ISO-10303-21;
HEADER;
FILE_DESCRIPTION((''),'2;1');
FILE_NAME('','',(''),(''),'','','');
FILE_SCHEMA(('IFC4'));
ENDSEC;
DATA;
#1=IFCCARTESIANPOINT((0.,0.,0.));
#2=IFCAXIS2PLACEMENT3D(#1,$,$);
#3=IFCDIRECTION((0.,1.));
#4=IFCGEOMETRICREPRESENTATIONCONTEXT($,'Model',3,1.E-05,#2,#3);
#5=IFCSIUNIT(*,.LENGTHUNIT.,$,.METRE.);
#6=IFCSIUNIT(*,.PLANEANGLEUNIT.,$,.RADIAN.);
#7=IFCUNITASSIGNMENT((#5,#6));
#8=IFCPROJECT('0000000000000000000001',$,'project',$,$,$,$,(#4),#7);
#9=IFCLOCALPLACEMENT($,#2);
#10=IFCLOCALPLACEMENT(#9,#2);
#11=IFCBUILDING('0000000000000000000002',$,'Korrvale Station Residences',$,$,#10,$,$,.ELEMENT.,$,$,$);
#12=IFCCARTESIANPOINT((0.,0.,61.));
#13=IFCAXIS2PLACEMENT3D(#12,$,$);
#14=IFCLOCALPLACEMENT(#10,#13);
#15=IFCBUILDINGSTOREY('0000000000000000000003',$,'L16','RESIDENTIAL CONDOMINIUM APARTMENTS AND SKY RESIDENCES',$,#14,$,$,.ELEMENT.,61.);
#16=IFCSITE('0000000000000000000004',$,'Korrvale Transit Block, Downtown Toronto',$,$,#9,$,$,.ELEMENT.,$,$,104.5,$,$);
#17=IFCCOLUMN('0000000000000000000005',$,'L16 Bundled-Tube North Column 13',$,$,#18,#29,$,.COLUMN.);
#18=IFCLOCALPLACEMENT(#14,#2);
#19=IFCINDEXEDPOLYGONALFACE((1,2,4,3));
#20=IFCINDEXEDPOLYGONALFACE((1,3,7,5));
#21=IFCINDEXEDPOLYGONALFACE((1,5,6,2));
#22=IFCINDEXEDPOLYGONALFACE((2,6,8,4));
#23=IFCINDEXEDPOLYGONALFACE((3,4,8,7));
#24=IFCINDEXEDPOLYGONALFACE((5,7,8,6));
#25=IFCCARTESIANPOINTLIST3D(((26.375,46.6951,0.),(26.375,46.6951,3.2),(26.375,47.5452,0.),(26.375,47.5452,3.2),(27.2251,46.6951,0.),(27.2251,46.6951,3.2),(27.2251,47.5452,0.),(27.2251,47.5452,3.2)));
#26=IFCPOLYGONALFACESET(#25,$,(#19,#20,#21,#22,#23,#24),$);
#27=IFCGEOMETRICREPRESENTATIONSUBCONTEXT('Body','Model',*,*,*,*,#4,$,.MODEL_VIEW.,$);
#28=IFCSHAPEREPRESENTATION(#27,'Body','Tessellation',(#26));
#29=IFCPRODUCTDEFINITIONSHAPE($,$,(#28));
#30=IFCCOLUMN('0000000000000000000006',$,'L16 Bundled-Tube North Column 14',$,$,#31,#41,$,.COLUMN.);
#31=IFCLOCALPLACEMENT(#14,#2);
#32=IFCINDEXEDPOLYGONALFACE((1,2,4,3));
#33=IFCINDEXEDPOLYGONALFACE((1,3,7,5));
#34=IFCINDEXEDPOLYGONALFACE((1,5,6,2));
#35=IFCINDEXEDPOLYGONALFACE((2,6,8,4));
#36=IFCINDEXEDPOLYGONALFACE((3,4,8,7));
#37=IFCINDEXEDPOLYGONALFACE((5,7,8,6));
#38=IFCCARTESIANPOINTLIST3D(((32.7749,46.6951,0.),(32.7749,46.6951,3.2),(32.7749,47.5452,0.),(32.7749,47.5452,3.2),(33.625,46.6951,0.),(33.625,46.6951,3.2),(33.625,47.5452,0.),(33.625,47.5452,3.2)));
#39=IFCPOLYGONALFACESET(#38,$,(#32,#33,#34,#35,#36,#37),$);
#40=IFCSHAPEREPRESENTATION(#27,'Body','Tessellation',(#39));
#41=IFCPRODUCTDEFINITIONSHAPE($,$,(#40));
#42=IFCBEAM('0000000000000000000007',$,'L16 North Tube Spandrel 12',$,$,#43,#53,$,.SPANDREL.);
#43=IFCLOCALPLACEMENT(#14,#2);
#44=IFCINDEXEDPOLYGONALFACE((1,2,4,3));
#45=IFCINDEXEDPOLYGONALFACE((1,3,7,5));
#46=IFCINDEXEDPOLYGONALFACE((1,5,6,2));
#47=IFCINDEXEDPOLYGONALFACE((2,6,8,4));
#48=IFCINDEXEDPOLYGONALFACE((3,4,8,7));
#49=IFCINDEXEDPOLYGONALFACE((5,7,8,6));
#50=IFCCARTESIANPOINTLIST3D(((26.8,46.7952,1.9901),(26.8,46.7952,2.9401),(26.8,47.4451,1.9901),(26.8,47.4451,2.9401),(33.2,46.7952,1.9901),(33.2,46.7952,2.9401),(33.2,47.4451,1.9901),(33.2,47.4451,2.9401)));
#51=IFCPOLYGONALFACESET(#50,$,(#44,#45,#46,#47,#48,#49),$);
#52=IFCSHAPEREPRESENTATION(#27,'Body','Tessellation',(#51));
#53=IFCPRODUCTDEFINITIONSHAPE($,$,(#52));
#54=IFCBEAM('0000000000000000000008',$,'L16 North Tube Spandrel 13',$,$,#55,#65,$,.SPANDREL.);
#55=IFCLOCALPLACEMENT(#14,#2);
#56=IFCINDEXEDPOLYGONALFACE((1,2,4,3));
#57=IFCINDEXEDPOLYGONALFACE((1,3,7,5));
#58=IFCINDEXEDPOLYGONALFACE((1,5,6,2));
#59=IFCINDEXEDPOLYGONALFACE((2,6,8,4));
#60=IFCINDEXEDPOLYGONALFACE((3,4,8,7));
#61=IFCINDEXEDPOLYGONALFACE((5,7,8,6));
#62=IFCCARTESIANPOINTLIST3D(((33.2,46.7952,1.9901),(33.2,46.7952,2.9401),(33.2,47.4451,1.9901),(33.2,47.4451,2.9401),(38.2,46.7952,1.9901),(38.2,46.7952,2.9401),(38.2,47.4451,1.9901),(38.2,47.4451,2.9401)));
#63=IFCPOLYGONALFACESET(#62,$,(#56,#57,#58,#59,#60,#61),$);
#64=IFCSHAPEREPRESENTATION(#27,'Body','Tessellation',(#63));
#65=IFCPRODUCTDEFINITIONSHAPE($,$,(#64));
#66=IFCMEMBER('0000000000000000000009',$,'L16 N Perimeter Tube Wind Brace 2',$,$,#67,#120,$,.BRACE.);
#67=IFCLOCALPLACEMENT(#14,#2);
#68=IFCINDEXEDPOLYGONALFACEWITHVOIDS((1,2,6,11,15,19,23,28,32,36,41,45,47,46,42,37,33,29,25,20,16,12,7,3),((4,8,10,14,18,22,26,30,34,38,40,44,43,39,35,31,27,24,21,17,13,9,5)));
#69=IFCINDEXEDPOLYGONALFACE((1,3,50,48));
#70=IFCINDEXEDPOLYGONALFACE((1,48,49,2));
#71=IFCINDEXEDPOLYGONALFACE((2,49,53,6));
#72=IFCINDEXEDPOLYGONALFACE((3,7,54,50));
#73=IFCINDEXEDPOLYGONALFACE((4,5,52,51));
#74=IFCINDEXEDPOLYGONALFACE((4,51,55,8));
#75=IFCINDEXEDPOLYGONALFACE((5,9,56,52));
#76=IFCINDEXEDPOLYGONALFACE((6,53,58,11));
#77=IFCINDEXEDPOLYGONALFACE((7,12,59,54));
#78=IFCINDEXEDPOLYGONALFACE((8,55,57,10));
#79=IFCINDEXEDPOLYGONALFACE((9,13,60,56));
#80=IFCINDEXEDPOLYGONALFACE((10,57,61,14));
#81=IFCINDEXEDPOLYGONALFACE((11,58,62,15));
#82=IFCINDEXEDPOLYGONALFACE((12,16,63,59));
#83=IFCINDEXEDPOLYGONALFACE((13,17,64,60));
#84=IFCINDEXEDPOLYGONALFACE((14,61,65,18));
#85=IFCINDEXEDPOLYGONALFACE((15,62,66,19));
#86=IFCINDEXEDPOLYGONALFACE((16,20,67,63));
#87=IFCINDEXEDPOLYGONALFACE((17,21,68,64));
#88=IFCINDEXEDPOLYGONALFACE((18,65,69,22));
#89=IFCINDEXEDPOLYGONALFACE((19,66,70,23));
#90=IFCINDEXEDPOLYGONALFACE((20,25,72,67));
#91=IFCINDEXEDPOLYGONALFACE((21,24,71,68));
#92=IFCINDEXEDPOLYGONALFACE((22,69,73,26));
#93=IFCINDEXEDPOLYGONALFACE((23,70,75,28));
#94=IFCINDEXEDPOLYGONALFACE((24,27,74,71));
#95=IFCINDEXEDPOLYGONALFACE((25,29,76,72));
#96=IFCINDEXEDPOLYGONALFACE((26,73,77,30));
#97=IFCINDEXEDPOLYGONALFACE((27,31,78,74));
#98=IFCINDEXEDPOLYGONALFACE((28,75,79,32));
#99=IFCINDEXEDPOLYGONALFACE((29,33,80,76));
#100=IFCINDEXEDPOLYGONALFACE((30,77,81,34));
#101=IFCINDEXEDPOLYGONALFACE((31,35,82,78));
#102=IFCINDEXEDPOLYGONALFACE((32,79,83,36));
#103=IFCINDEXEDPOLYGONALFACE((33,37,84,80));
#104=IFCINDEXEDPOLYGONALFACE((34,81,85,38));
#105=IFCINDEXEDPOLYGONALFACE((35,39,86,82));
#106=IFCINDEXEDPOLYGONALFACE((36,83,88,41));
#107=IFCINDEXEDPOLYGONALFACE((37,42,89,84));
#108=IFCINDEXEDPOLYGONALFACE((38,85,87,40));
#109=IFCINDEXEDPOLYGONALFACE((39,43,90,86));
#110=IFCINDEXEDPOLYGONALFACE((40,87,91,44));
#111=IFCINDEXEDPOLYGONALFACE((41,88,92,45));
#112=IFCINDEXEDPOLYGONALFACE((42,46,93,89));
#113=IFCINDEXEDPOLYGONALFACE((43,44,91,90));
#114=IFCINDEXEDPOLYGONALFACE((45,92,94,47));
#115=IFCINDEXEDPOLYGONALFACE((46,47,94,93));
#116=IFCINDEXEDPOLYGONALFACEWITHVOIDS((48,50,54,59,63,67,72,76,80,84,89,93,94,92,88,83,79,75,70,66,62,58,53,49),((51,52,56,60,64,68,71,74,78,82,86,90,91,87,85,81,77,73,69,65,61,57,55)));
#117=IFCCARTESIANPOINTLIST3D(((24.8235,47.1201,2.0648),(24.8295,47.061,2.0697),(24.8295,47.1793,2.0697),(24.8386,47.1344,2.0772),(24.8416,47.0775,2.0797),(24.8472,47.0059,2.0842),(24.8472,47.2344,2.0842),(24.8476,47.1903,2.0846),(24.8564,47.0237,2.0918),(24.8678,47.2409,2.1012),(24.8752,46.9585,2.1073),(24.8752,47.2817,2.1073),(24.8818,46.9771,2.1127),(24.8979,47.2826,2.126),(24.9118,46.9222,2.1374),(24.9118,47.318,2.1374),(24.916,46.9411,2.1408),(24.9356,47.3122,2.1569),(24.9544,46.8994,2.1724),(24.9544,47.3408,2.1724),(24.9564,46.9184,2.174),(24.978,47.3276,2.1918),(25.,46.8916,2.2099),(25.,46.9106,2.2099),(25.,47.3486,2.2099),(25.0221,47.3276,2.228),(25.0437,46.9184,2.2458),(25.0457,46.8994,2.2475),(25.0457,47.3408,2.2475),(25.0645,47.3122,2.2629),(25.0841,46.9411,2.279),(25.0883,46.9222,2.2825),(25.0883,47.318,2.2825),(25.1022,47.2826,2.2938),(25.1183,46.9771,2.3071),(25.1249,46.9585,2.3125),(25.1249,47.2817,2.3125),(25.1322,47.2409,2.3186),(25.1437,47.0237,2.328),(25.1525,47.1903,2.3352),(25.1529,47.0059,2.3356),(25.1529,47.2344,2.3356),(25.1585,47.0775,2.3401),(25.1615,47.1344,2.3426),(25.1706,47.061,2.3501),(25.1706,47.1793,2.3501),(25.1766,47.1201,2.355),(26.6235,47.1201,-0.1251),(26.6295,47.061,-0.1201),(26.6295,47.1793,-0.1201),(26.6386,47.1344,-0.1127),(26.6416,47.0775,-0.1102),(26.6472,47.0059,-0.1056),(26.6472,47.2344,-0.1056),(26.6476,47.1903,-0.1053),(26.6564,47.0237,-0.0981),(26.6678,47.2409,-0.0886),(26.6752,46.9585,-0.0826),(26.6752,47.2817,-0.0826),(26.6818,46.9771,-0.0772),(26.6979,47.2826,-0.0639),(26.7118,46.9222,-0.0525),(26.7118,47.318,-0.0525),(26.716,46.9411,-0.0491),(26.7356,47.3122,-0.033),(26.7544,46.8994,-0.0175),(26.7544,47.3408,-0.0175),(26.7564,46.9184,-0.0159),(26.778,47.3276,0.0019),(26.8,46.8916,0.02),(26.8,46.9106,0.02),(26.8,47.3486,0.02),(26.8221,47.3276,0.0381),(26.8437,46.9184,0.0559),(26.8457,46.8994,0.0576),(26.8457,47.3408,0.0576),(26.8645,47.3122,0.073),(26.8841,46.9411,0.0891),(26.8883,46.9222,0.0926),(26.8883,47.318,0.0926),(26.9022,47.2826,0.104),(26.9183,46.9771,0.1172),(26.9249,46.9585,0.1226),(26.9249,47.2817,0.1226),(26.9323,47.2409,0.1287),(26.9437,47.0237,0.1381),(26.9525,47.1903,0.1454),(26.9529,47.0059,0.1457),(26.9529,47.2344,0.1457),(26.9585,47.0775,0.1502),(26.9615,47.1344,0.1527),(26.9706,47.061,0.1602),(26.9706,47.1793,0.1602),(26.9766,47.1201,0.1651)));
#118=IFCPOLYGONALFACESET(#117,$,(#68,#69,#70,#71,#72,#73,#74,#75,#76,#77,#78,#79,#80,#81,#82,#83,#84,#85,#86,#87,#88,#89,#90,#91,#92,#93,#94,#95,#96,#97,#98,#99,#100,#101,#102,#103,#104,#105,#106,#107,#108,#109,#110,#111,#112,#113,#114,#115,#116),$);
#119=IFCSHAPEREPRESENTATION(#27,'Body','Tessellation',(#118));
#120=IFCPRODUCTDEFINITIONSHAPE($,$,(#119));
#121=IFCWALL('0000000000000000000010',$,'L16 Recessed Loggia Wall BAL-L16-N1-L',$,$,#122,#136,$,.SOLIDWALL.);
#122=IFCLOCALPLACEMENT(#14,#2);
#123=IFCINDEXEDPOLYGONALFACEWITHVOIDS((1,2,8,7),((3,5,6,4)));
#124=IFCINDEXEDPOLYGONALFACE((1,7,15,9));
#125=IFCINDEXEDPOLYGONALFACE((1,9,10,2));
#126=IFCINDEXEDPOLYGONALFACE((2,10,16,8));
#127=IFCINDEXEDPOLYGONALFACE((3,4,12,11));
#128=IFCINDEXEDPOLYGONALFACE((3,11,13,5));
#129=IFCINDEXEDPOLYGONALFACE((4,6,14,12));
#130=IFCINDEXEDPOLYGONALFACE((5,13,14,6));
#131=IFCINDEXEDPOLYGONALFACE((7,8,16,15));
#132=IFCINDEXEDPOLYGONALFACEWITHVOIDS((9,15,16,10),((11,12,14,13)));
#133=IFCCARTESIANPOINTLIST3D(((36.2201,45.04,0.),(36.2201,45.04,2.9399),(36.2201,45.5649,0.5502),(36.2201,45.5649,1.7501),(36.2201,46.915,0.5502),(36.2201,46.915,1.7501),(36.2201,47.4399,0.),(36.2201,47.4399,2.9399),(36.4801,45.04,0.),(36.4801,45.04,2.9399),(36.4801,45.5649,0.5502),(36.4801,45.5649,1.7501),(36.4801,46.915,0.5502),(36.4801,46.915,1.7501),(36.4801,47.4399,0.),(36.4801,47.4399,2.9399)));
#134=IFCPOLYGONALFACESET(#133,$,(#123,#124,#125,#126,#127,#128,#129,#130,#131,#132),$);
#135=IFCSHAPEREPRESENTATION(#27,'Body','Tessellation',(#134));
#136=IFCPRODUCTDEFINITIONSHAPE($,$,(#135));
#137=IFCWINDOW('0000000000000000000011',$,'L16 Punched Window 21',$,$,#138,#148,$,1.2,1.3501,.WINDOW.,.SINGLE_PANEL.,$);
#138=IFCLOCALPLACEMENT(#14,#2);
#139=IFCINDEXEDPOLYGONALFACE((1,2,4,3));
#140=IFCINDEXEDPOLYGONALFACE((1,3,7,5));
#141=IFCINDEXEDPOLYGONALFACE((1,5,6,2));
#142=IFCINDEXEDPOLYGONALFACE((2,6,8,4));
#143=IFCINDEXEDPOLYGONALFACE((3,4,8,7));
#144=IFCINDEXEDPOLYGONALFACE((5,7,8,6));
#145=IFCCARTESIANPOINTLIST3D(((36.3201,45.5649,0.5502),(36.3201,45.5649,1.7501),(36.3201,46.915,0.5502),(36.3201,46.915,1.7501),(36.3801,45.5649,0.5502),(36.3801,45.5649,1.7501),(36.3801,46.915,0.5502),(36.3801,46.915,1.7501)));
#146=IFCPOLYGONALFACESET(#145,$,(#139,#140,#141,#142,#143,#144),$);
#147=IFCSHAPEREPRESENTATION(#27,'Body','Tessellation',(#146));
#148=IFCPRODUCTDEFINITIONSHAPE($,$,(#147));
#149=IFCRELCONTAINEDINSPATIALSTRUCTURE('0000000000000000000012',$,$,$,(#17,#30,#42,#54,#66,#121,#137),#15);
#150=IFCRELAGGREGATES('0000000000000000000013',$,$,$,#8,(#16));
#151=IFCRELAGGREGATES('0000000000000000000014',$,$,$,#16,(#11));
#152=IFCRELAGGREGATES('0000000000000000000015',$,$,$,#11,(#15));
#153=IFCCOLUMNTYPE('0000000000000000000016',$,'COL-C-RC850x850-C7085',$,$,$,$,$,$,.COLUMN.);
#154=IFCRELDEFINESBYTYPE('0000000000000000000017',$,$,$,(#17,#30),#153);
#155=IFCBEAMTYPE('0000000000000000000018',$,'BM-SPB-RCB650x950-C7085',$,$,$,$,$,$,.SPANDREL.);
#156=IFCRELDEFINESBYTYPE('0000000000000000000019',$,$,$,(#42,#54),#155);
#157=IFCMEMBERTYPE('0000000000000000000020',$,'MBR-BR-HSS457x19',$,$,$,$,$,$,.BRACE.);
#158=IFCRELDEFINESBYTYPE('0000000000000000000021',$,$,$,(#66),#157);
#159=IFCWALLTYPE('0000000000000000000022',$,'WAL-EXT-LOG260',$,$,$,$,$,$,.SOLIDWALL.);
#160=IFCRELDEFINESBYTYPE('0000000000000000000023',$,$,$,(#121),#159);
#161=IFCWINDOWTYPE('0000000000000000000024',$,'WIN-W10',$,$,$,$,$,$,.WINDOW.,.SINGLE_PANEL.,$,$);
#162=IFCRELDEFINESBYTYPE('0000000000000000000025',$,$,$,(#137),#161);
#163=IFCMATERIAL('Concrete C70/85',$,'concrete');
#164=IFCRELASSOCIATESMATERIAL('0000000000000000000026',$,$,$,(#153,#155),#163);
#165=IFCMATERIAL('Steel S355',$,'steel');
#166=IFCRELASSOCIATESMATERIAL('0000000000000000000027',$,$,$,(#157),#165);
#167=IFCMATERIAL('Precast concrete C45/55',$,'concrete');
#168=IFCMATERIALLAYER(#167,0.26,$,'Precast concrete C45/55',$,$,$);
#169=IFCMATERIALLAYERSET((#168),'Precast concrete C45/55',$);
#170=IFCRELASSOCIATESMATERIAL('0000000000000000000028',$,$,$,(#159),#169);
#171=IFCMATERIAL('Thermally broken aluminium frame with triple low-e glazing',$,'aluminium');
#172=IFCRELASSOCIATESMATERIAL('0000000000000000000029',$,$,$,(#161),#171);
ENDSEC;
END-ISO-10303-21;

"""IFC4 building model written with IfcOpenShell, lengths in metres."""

from ifc_helpers import new_model, si_unit, direction, frame, frame_2d, origin, origin_2d, place, context, subcontext, project, spatial, rectangle, hollow_circle, extrude, material, layer, layer_set, material_profile, profile_set, type_object, element, fill, save


model = new_model("IFC4")

# Units and contexts
model_context = context("Model", 3, precision=1e-05, world=origin(), true_north=direction((0.0, 1.0)))
body_context = subcontext(model_context, "Body", "Model", "MODEL_VIEW")
ifc_project = project(units=[si_unit("LENGTHUNIT", "METRE"), si_unit("PLANEANGLEUNIT", "RADIAN")], contexts=[model_context])

# Site, building, storey
site_placement = place(None, origin())
site = spatial("IfcSite", under=ifc_project, at=site_placement, Name="Korrvale Transit Block, Downtown Toronto", CompositionType="ELEMENT", RefElevation=104.5)
building_placement = place(site_placement, origin())
building = spatial("IfcBuilding", under=site, at=building_placement, Name="Korrvale Station Residences", CompositionType="ELEMENT")
storey_placement = place(building_placement, frame((0.0, 0.0, 61.0)))
storey = spatial("IfcBuildingStorey", under=building, at=storey_placement, Name="L16", Description="RESIDENTIAL CONDOMINIUM APARTMENTS AND SKY RESIDENCES", CompositionType="ELEMENT", Elevation=61.0)

# Columns
ifc_material_1 = material(Name="Concrete C70/85", Category="concrete")
ifc_material_profile_1 = material_profile(ifc_material_1, rectangle(XDim=0.8501, YDim=0.8501, at=origin_2d()), Name="RC850x850")
ifc_profile_set_1 = profile_set([ifc_material_profile_1], Name="Concrete C70/85")
column_type = type_object("IfcColumnType", Name="COL-C-RC850x850-C7085", PredefinedType="COLUMN", material=ifc_profile_set_1)
for number, where, z_axis, x_axis, name in (
    (1, (26.8, 47.1201, 0.0), (0.0, 0.0, 1.0), (1.0, 0.0, 0.0), "L16 Bundled-Tube North Column 13"),
    (2, (33.2, 47.1201, 0.0), (0.0, 0.0, 1.0), (1.0, 0.0, 0.0), "L16 Bundled-Tube North Column 14"),
):
    element("IfcColumn", number, at=place(storey_placement, frame(where, z_axis=z_axis, x_axis=x_axis)), inside=storey, type_object=column_type, Name=name, PredefinedType="COLUMN", context=body_context, shape_type="SweptSolid", body=[
        extrude(rectangle(XDim=0.8501, YDim=0.8501, at=origin_2d()), origin(), (0.0, 0.0, 1.0), 3.2),
    ])

# Beams
ifc_material_profile_2 = material_profile(ifc_material_1, rectangle(XDim=0.6499, YDim=0.95, at=origin_2d()), Name="RCB650x950")
ifc_profile_set_2 = profile_set([ifc_material_profile_2], Name="Concrete C70/85")
beam_type = type_object("IfcBeamType", Name="BM-SPB-RCB650x950-C7085", PredefinedType="SPANDREL", material=ifc_profile_set_2)
beam_1_placement = place(storey_placement, frame((26.8, 47.1201, 2.4651), z_axis=(1.0, 0.0, 0.0), x_axis=(0.0, 1.0, 0.0)))
element("IfcBeam", 3, at=beam_1_placement, inside=storey, type_object=beam_type, Name="L16 North Tube Spandrel 12", PredefinedType="SPANDREL", context=body_context, shape_type="SweptSolid", body=[
    extrude(rectangle(XDim=0.6499, YDim=0.95, at=origin_2d()), origin(), (0.0, 0.0, 1.0), 6.3999),
])
beam_2_placement = place(storey_placement, frame((33.2, 47.1201, 2.4651), z_axis=(1.0, 0.0, 0.0), x_axis=(0.0, 1.0, 0.0)))
element("IfcBeam", 4, at=beam_2_placement, inside=storey, type_object=beam_type, Name="L16 North Tube Spandrel 13", PredefinedType="SPANDREL", context=body_context, shape_type="SweptSolid", body=[
    extrude(rectangle(XDim=0.6499, YDim=0.95, at=origin_2d()), origin(), (0.0, 0.0, 1.0), 5.0),
])

# Member
ifc_material_2 = material(Name="Steel S355", Category="steel")
ifc_material_profile_3 = material_profile(ifc_material_2, hollow_circle(Radius=0.2285, WallThickness=0.019, at=origin_2d()), Name="HSS457x19")
ifc_profile_set_3 = profile_set([ifc_material_profile_3], Name="Steel S355")
member_type = type_object("IfcMemberType", Name="MBR-BR-HSS457x19", PredefinedType="BRACE", material=ifc_profile_set_3)
member_placement = place(storey_placement, frame((26.8, 47.1201, 0.02), z_axis=(-0.634985, 0.0, 0.772524), x_axis=(0.0, -1.0, 0.0)))
element("IfcMember", 5, at=member_placement, inside=storey, type_object=member_type, Name="L16 N Perimeter Tube Wind Brace 2", PredefinedType="BRACE", context=body_context, shape_type="SweptSolid", body=[
    extrude(hollow_circle(Radius=0.2285, WallThickness=0.019, at=origin_2d()), origin(), (0.0, 0.0, 1.0), 2.8347),
])

# Wall, opening, window
ifc_material_3 = material(Name="Precast concrete C45/55", Category="concrete")
ifc_layer_1 = layer(ifc_material_3, 0.26, Name="Precast concrete C45/55")
ifc_layer_set_1 = layer_set([ifc_layer_1], Name="Precast concrete C45/55")
wall_type = type_object("IfcWallType", Name="WAL-EXT-LOG260", PredefinedType="SOLIDWALL", material=ifc_layer_set_1)
wall_1_placement = place(storey_placement, frame((36.3501, 47.4399, 0.0), z_axis=(0.0, 0.0, 1.0), x_axis=(0.0, -1.0, 0.0)))
wall_1 = element("IfcWall", 6, at=wall_1_placement, inside=storey, type_object=wall_type, Name="L16 Recessed Loggia Wall BAL-L16-N1-L", PredefinedType="SOLIDWALL", context=body_context, shape_type="SweptSolid", body=[
    extrude(rectangle(XDim=2.3999, YDim=0.26, at=frame_2d((1.2, 0.0))), origin(), (0.0, 0.0, 1.0), 2.9399),
])
opening_1_placement = place(wall_1_placement, frame((0.5249, 0.0, 0.55)))
opening_1 = element("IfcOpeningElement", 7, at=opening_1_placement, cuts=wall_1, PredefinedType="OPENING", context=body_context, shape_type="SweptSolid", body=[
    extrude(rectangle(XDim=1.3501, YDim=1.2, at=frame_2d((0.675, 0.6001))), frame((0.0, 0.1401, 0.0), z_axis=(0.0, -1.0, 0.0), x_axis=(1.0, 0.0, 0.0)), (0.0, 0.0, 1.0), 0.28),
])
ifc_material_4 = material(Name="Thermally broken aluminium frame with triple low-e glazing", Category="aluminium")
window_type_1 = type_object("IfcWindowType", Name="WIN-W10", PartitioningType="SINGLE_PANEL", PredefinedType="WINDOW", material=ifc_material_4)
window_1_placement = place(opening_1_placement, origin())
window_1 = element("IfcWindow", 8, at=window_1_placement, inside=storey, type_object=window_type_1, Name="L16 Punched Window 21", OverallHeight=1.2, OverallWidth=1.3501, PartitioningType="SINGLE_PANEL", PredefinedType="WINDOW", context=body_context, shape_type="SweptSolid", body=[
    extrude(rectangle(XDim=1.3501, YDim=1.2, at=frame_2d((0.675, 0.6001))), frame((0.0, 0.03, 0.0), z_axis=(0.0, -1.0, 0.0), x_axis=(1.0, 0.0, 0.0)), (0.0, 0.0, 1.0), 0.0601),
])
fill(opening_1, window_1)

save(model, "model.ifc")
